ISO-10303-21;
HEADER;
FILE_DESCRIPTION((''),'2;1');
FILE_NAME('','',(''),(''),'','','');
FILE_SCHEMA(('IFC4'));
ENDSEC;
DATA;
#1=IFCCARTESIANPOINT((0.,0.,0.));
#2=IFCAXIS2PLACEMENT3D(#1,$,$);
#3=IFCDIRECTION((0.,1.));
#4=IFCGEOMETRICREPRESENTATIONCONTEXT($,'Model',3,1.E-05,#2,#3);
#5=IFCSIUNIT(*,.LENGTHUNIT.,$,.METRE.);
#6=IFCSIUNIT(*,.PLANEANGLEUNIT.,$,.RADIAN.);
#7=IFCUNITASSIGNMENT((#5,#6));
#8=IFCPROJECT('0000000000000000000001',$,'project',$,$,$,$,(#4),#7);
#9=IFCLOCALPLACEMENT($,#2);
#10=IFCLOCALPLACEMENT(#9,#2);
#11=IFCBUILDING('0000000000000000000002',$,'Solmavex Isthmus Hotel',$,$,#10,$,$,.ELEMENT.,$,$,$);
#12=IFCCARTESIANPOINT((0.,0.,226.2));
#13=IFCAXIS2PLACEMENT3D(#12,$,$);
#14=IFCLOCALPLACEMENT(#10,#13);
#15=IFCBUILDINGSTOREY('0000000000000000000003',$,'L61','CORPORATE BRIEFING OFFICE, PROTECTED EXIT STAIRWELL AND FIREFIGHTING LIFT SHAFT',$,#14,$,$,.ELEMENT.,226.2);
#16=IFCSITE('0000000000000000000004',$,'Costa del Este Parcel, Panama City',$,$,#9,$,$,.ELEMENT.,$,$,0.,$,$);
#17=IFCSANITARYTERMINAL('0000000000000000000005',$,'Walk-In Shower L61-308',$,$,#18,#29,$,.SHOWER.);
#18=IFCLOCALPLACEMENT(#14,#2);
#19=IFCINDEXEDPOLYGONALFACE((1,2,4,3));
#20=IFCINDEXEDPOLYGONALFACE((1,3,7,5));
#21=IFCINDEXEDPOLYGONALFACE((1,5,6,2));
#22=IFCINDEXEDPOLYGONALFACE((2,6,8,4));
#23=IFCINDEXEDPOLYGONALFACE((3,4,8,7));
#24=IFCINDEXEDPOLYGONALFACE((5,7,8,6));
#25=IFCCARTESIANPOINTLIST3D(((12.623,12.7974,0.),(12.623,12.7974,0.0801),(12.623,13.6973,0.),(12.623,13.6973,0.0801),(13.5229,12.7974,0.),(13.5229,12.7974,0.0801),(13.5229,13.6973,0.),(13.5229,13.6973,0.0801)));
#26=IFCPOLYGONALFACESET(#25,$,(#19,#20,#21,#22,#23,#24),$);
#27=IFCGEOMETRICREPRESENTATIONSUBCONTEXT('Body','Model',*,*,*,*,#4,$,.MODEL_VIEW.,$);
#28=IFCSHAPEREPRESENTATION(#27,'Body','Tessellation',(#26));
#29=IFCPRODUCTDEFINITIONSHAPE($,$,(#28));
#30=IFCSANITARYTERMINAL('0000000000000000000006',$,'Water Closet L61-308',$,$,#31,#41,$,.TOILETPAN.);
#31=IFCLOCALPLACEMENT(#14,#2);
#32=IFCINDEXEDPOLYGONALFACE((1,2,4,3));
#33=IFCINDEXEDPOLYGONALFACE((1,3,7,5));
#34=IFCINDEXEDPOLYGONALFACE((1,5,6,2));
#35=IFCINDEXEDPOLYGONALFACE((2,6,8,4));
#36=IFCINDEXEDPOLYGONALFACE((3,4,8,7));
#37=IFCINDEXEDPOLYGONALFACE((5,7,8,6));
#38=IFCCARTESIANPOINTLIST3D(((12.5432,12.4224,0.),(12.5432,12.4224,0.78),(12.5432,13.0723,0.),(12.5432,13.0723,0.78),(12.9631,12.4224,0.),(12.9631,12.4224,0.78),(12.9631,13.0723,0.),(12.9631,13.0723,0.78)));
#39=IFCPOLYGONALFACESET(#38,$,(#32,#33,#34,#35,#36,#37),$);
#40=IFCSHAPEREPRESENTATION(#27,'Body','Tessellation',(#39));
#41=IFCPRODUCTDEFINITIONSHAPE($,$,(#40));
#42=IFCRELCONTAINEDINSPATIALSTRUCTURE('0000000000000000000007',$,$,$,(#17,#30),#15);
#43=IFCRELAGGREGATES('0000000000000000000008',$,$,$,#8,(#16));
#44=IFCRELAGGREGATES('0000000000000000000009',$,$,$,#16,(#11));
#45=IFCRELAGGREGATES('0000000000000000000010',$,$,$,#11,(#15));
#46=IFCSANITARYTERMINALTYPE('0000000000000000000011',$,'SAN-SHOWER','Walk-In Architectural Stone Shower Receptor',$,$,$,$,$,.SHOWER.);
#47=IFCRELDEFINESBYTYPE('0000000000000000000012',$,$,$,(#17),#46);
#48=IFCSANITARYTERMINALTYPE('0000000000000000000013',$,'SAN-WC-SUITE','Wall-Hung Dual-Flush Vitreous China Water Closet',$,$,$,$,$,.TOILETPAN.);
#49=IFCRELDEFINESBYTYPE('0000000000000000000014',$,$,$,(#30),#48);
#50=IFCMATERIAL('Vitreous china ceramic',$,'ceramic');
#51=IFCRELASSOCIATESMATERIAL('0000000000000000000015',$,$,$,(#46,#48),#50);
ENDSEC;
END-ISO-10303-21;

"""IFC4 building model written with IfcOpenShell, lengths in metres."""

from ifc_helpers import new_model, si_unit, direction, frame, origin, origin_2d, place, context, subcontext, project, spatial, rectangle, extrude, material, type_object, element, save


model = new_model("IFC4")

# Units and contexts
model_context = context("Model", 3, precision=1e-05, world=origin(), true_north=direction((0.0, 1.0)))
body_context = subcontext(model_context, "Body", "Model", "MODEL_VIEW")
ifc_project = project(units=[si_unit("LENGTHUNIT", "METRE"), si_unit("PLANEANGLEUNIT", "RADIAN")], contexts=[model_context])

# Site, building, storey
site_placement = place(None, origin())
site = spatial("IfcSite", under=ifc_project, at=site_placement, Name="Costa del Este Parcel, Panama City", CompositionType="ELEMENT", RefElevation=0.0)
building_placement = place(site_placement, origin())
building = spatial("IfcBuilding", under=site, at=building_placement, Name="Solmavex Isthmus Hotel", CompositionType="ELEMENT")
storey_placement = place(building_placement, frame((0.0, 0.0, 226.2)))
storey = spatial("IfcBuildingStorey", under=building, at=storey_placement, Name="L61", Description="CORPORATE BRIEFING OFFICE, PROTECTED EXIT STAIRWELL AND FIREFIGHTING LIFT SHAFT", CompositionType="ELEMENT", Elevation=226.2)

# Sanitary terminals
ifc_material_1 = material(Name="Vitreous china ceramic", Category="ceramic")
sanitary_terminal_type_1 = type_object("IfcSanitaryTerminalType", Name="SAN-SHOWER", Description="Walk-In Architectural Stone Shower Receptor", PredefinedType="SHOWER", material=ifc_material_1)
sanitary_terminal_1_placement = place(storey_placement, frame((13.073, 13.2473, 0.0), z_axis=(0.0, 0.0, 1.0), x_axis=(1.0, 0.0, 0.0)))
element("IfcSanitaryTerminal", 1, at=sanitary_terminal_1_placement, inside=storey, type_object=sanitary_terminal_type_1, Name="Walk-In Shower L61-308", PredefinedType="SHOWER", context=body_context, shape_type="SweptSolid", body=[
    extrude(rectangle(XDim=0.8999, YDim=0.8999, at=origin_2d()), origin(), (0.0, 0.0, 1.0), 0.0801),
])
sanitary_terminal_type_2 = type_object("IfcSanitaryTerminalType", Name="SAN-WC-SUITE", Description="Wall-Hung Dual-Flush Vitreous China Water Closet", PredefinedType="TOILETPAN", material=ifc_material_1)
sanitary_terminal_2_placement = place(storey_placement, frame((12.7532, 12.7473, 0.0), z_axis=(0.0, 0.0, 1.0), x_axis=(1.0, 0.0, 0.0)))
element("IfcSanitaryTerminal", 2, at=sanitary_terminal_2_placement, inside=storey, type_object=sanitary_terminal_type_2, Name="Water Closet L61-308", PredefinedType="TOILETPAN", context=body_context, shape_type="SweptSolid", body=[
    extrude(rectangle(XDim=0.4199, YDim=0.6499, at=origin_2d()), origin(), (0.0, 0.0, 1.0), 0.78),
])

save(model, "model.ifc")
